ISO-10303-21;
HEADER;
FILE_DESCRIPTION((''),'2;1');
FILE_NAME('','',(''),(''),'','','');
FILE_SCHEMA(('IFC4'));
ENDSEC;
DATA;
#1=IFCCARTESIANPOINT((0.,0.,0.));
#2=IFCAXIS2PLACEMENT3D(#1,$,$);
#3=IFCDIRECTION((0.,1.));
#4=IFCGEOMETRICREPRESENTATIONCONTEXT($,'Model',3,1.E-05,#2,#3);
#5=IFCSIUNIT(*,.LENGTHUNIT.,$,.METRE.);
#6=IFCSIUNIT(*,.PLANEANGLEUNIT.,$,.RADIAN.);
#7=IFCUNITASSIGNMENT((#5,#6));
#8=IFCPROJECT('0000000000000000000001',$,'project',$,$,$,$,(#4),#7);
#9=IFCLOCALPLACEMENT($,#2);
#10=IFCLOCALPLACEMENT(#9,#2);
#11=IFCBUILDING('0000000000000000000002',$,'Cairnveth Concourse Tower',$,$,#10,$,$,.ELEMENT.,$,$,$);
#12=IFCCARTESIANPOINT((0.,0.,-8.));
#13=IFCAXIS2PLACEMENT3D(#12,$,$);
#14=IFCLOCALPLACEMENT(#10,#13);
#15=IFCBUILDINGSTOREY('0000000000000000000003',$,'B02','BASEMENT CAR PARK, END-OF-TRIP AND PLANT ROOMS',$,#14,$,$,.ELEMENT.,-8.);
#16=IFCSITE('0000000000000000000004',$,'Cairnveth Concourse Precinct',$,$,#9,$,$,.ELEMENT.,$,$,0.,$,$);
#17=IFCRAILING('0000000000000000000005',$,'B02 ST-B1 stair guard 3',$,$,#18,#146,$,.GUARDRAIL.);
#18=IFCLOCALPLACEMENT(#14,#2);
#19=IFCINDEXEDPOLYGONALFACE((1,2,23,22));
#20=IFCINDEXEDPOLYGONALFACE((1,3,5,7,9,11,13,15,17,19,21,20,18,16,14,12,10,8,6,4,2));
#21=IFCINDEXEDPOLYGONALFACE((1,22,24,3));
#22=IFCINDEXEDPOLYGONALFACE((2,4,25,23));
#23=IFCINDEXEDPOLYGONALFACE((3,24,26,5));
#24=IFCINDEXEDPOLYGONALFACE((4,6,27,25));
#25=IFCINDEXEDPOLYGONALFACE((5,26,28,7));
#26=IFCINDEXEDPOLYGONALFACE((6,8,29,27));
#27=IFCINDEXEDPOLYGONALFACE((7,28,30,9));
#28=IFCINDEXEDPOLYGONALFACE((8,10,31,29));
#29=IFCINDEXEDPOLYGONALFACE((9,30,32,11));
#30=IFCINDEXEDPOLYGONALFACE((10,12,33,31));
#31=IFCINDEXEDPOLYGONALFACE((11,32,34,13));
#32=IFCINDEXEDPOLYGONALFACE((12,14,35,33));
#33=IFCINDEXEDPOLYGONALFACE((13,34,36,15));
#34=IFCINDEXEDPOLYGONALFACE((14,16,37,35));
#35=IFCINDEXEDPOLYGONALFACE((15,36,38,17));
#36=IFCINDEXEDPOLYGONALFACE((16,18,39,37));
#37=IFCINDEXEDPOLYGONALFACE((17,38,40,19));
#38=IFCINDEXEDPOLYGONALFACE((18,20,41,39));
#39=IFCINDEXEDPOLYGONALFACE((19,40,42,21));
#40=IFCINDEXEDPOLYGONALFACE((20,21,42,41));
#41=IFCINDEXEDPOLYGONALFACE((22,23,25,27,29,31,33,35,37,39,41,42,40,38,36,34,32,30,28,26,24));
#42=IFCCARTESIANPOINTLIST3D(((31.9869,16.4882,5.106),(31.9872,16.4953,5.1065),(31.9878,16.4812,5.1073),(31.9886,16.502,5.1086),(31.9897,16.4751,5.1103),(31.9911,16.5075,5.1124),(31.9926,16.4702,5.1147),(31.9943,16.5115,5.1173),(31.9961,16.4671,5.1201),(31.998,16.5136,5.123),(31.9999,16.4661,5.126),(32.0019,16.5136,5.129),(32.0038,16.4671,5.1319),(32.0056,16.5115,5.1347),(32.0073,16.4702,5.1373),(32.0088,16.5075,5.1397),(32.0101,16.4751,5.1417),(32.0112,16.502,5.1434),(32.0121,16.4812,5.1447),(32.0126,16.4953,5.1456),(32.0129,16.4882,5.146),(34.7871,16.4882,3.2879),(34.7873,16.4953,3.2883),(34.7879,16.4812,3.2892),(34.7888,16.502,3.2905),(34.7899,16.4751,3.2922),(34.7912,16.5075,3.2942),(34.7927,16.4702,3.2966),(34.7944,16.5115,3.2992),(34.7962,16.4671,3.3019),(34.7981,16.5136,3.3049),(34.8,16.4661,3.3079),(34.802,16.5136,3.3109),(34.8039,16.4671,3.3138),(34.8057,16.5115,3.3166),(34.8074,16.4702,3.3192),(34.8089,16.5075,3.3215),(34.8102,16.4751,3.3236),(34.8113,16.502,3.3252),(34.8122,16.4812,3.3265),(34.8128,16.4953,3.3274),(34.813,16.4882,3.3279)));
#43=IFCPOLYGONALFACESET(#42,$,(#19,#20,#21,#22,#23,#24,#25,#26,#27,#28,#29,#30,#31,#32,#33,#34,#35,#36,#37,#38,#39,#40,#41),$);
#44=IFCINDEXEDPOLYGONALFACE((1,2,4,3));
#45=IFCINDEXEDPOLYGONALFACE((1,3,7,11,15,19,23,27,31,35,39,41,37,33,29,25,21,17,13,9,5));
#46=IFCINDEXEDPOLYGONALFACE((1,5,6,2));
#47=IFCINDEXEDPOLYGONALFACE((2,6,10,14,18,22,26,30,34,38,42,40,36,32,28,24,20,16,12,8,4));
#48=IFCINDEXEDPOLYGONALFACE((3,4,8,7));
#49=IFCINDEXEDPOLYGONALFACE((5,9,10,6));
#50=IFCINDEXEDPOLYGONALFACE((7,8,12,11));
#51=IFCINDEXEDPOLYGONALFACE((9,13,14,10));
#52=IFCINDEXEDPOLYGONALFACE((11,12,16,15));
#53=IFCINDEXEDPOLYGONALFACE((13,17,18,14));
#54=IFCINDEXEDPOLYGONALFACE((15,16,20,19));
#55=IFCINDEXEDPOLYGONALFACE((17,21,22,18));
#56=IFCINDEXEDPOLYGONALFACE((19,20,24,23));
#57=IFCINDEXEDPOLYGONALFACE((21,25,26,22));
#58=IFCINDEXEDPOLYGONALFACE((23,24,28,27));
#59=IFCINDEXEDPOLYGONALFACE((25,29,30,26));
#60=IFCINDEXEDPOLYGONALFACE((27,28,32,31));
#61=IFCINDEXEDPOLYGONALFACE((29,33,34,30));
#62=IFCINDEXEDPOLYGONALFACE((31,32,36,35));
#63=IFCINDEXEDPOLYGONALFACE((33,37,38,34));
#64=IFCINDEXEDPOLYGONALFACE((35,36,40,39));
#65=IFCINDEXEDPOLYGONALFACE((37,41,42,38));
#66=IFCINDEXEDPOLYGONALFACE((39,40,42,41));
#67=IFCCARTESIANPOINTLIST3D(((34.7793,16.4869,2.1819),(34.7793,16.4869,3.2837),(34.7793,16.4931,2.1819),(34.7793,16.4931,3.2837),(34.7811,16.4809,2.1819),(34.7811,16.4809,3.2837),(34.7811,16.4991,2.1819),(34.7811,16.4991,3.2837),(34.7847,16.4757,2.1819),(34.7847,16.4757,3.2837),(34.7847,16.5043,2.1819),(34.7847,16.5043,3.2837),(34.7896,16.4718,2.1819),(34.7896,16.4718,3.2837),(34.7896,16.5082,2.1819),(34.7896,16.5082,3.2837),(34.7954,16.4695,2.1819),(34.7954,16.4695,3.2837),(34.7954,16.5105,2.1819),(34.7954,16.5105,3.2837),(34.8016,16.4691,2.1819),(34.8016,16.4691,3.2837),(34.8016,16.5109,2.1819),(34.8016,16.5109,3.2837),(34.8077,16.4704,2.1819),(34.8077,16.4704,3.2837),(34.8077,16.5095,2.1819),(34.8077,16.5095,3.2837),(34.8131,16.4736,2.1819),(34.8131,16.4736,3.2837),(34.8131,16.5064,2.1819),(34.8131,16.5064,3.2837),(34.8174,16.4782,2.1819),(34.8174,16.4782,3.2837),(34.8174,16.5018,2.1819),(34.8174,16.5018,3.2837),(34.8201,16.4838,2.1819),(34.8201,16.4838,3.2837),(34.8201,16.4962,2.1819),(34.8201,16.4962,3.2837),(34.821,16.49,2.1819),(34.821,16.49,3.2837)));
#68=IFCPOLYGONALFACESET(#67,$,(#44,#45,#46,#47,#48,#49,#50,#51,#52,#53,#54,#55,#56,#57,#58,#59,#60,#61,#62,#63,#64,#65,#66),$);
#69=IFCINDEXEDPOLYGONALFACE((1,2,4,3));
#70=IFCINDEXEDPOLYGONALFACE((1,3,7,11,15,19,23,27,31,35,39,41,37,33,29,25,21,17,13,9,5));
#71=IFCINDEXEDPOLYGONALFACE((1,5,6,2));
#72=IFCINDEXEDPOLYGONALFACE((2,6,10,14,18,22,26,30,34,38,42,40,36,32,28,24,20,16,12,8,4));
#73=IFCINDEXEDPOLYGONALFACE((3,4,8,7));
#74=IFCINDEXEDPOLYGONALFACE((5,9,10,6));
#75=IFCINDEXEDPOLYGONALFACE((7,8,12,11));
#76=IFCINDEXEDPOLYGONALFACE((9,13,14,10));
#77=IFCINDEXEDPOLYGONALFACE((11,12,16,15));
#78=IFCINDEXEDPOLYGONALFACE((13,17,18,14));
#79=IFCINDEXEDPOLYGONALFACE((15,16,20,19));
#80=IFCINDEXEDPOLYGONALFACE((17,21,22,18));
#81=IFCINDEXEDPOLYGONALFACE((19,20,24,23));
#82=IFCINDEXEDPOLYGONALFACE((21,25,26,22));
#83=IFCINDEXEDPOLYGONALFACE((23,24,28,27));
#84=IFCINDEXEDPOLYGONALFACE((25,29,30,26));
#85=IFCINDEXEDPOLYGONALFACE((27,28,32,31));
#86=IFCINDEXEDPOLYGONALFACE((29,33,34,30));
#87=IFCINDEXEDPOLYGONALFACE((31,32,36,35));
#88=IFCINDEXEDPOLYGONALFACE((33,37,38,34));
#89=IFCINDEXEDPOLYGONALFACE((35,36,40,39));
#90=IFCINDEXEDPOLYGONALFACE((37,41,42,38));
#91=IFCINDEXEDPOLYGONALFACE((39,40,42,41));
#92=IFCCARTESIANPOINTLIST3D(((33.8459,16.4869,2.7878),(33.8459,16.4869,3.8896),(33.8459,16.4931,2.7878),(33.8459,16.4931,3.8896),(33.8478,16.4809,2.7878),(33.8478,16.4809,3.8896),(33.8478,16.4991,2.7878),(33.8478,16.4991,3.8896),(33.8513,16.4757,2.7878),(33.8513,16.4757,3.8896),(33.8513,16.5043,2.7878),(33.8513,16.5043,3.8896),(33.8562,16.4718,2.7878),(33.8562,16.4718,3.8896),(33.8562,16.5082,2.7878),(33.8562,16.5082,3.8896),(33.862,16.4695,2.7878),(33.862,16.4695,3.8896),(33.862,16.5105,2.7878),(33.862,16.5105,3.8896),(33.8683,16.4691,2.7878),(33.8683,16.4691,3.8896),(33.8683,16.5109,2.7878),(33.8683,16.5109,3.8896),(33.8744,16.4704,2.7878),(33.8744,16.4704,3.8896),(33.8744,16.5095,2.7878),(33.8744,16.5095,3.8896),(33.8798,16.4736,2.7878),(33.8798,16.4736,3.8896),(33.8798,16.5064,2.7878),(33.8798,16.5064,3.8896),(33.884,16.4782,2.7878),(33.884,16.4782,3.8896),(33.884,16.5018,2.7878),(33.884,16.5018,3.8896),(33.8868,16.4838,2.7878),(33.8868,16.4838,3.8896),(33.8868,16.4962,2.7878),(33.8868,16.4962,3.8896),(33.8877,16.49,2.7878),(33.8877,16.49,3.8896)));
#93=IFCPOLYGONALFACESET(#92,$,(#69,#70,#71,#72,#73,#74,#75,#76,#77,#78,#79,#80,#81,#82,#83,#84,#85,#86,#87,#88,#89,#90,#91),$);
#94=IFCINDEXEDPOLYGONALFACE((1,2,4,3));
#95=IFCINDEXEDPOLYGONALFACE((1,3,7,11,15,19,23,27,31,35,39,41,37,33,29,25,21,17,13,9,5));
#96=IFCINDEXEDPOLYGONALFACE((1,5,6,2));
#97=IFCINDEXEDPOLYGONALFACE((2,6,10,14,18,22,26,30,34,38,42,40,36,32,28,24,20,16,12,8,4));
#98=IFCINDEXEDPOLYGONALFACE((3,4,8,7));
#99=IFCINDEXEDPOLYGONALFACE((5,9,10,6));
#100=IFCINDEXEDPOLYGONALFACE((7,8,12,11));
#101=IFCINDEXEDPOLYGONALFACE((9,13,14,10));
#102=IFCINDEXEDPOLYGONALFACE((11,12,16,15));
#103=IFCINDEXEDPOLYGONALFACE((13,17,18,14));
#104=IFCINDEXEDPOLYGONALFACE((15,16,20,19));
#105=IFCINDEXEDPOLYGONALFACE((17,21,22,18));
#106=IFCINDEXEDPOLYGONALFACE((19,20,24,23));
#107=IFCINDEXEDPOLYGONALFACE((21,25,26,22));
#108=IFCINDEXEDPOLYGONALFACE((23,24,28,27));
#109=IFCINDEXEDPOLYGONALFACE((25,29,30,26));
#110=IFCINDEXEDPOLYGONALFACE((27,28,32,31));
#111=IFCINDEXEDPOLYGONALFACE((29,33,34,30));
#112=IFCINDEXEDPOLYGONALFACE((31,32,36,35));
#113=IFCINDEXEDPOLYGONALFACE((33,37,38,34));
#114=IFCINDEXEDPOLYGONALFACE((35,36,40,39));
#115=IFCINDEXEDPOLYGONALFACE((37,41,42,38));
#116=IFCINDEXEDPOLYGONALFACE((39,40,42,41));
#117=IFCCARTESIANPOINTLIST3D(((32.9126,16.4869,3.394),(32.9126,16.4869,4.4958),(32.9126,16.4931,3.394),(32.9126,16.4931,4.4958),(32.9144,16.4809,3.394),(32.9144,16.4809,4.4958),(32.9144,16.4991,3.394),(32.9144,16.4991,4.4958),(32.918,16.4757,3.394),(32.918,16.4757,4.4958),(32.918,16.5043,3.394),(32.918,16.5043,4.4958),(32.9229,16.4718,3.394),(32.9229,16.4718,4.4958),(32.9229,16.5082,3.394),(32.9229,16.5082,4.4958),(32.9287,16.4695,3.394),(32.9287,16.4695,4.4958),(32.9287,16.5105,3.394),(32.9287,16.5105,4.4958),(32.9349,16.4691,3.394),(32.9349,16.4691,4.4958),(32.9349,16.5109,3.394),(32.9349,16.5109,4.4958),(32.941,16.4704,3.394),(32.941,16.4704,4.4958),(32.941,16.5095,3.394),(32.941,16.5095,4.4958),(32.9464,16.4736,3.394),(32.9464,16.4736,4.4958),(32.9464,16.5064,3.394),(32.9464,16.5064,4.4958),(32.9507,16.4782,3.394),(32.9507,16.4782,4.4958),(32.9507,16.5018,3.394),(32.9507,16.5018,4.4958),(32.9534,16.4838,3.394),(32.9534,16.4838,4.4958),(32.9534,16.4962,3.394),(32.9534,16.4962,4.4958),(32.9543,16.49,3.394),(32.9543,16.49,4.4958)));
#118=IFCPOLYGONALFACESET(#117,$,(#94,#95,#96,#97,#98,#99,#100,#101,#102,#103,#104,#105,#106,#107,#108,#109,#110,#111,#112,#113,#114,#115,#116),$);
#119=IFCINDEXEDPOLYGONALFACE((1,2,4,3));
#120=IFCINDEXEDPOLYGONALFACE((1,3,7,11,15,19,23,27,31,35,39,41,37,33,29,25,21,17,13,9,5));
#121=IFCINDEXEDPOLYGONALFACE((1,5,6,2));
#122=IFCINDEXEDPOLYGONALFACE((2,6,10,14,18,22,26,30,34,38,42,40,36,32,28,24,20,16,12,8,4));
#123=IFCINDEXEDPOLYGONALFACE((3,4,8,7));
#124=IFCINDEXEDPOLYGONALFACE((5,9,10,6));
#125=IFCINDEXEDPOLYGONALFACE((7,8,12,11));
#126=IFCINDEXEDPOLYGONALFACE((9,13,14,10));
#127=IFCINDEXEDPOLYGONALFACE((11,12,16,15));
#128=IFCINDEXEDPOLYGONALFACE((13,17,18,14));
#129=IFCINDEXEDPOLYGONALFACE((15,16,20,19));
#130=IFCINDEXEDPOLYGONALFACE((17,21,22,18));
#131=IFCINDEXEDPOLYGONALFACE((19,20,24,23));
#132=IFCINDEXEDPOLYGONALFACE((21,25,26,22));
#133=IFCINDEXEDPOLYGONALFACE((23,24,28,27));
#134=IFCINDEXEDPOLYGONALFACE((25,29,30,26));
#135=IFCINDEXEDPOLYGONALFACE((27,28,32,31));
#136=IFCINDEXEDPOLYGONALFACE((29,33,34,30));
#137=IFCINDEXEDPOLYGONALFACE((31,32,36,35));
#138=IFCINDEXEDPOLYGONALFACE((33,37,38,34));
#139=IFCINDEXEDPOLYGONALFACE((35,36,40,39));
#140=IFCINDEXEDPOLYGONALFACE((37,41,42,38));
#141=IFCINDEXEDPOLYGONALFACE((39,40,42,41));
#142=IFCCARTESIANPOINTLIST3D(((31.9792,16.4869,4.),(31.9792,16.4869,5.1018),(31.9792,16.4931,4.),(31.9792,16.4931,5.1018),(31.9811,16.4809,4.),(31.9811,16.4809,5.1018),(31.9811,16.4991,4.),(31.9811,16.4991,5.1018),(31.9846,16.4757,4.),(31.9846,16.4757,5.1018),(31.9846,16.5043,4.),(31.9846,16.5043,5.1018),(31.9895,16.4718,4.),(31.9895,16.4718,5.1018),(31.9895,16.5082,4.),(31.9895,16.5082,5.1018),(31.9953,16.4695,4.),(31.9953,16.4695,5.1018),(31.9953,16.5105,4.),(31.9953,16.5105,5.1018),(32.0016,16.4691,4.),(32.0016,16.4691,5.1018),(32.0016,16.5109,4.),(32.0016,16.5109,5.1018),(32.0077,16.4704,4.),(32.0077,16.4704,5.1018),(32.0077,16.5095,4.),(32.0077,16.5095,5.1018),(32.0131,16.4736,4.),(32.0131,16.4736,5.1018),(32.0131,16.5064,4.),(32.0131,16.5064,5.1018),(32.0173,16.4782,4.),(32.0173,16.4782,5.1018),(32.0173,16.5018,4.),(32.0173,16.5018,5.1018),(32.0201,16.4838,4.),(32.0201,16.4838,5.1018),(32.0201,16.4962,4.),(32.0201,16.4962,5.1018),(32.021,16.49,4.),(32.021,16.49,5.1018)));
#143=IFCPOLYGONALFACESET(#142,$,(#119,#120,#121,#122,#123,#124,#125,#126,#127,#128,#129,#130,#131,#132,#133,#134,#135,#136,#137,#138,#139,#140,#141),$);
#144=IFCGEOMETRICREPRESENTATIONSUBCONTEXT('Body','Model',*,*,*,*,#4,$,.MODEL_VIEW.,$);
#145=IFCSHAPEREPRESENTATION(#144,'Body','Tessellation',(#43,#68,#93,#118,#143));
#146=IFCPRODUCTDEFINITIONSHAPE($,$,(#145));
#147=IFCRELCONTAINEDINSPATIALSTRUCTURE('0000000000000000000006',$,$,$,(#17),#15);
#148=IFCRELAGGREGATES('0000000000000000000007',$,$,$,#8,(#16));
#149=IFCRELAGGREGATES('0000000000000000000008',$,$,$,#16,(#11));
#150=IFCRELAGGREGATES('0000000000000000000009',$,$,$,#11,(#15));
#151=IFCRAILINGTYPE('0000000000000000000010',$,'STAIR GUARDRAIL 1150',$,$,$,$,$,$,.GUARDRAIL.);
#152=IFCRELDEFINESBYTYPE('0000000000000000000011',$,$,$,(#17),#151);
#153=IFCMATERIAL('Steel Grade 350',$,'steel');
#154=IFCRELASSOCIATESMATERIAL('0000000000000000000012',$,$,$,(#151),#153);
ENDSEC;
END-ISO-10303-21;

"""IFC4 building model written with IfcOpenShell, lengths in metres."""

from ifc_helpers import new_model, si_unit, direction, frame, origin, origin_2d, place, context, subcontext, project, spatial, circle, extrude, material, type_object, element, save


model = new_model("IFC4")

# Units and contexts
model_context = context("Model", 3, precision=1e-05, world=origin(), true_north=direction((0.0, 1.0)))
body_context = subcontext(model_context, "Body", "Model", "MODEL_VIEW")
ifc_project = project(units=[si_unit("LENGTHUNIT", "METRE"), si_unit("PLANEANGLEUNIT", "RADIAN")], contexts=[model_context])

# Site, building, storey
site_placement = place(None, origin())
site = spatial("IfcSite", under=ifc_project, at=site_placement, Name="Cairnveth Concourse Precinct", CompositionType="ELEMENT", RefElevation=0.0)
building_placement = place(site_placement, origin())
building = spatial("IfcBuilding", under=site, at=building_placement, Name="Cairnveth Concourse Tower", CompositionType="ELEMENT")
storey_placement = place(building_placement, frame((0.0, 0.0, -8.0)))
storey = spatial("IfcBuildingStorey", under=building, at=storey_placement, Name="B02", Description="BASEMENT CAR PARK, END-OF-TRIP AND PLANT ROOMS", CompositionType="ELEMENT", Elevation=-8.0)

# Shared definitions
ifc_material_1 = material(Name="Steel Grade 350", Category="steel")

# Railing
railing_type_1 = type_object("IfcRailingType", Name="STAIR GUARDRAIL 1150", PredefinedType="GUARDRAIL", material=ifc_material_1)
railing_1_placement = place(storey_placement, frame((34.8, 16.49, 2.1819)))
element("IfcRailing", 1, at=railing_1_placement, inside=storey, type_object=railing_type_1, Name="B02 ST-B1 stair guard 3", PredefinedType="GUARDRAIL", context=body_context, shape_type="SweptSolid", body=[
    extrude(circle(Radius=0.0239, at=origin_2d()), frame((0.0, 0.0, 1.126), z_axis=(-0.838706, 0.0, 0.544585), x_axis=(0.0, -1.0, 0.0)), (0.0, 0.0, 1.0), 3.3386),
    extrude(circle(Radius=0.021, at=origin_2d()), origin(), (0.0, 0.0, 1.0), 1.1018),
    extrude(circle(Radius=0.021, at=origin_2d()), frame((-0.9333, 0.0, 0.606)), (0.0, 0.0, 1.0), 1.1018),
    extrude(circle(Radius=0.021, at=origin_2d()), frame((-1.8667, 0.0, 1.2122)), (0.0, 0.0, 1.0), 1.1018),
    extrude(circle(Radius=0.021, at=origin_2d()), frame((-2.8, 0.0, 1.8181)), (0.0, 0.0, 1.0), 1.1018),
])

save(model, "model.ifc")
